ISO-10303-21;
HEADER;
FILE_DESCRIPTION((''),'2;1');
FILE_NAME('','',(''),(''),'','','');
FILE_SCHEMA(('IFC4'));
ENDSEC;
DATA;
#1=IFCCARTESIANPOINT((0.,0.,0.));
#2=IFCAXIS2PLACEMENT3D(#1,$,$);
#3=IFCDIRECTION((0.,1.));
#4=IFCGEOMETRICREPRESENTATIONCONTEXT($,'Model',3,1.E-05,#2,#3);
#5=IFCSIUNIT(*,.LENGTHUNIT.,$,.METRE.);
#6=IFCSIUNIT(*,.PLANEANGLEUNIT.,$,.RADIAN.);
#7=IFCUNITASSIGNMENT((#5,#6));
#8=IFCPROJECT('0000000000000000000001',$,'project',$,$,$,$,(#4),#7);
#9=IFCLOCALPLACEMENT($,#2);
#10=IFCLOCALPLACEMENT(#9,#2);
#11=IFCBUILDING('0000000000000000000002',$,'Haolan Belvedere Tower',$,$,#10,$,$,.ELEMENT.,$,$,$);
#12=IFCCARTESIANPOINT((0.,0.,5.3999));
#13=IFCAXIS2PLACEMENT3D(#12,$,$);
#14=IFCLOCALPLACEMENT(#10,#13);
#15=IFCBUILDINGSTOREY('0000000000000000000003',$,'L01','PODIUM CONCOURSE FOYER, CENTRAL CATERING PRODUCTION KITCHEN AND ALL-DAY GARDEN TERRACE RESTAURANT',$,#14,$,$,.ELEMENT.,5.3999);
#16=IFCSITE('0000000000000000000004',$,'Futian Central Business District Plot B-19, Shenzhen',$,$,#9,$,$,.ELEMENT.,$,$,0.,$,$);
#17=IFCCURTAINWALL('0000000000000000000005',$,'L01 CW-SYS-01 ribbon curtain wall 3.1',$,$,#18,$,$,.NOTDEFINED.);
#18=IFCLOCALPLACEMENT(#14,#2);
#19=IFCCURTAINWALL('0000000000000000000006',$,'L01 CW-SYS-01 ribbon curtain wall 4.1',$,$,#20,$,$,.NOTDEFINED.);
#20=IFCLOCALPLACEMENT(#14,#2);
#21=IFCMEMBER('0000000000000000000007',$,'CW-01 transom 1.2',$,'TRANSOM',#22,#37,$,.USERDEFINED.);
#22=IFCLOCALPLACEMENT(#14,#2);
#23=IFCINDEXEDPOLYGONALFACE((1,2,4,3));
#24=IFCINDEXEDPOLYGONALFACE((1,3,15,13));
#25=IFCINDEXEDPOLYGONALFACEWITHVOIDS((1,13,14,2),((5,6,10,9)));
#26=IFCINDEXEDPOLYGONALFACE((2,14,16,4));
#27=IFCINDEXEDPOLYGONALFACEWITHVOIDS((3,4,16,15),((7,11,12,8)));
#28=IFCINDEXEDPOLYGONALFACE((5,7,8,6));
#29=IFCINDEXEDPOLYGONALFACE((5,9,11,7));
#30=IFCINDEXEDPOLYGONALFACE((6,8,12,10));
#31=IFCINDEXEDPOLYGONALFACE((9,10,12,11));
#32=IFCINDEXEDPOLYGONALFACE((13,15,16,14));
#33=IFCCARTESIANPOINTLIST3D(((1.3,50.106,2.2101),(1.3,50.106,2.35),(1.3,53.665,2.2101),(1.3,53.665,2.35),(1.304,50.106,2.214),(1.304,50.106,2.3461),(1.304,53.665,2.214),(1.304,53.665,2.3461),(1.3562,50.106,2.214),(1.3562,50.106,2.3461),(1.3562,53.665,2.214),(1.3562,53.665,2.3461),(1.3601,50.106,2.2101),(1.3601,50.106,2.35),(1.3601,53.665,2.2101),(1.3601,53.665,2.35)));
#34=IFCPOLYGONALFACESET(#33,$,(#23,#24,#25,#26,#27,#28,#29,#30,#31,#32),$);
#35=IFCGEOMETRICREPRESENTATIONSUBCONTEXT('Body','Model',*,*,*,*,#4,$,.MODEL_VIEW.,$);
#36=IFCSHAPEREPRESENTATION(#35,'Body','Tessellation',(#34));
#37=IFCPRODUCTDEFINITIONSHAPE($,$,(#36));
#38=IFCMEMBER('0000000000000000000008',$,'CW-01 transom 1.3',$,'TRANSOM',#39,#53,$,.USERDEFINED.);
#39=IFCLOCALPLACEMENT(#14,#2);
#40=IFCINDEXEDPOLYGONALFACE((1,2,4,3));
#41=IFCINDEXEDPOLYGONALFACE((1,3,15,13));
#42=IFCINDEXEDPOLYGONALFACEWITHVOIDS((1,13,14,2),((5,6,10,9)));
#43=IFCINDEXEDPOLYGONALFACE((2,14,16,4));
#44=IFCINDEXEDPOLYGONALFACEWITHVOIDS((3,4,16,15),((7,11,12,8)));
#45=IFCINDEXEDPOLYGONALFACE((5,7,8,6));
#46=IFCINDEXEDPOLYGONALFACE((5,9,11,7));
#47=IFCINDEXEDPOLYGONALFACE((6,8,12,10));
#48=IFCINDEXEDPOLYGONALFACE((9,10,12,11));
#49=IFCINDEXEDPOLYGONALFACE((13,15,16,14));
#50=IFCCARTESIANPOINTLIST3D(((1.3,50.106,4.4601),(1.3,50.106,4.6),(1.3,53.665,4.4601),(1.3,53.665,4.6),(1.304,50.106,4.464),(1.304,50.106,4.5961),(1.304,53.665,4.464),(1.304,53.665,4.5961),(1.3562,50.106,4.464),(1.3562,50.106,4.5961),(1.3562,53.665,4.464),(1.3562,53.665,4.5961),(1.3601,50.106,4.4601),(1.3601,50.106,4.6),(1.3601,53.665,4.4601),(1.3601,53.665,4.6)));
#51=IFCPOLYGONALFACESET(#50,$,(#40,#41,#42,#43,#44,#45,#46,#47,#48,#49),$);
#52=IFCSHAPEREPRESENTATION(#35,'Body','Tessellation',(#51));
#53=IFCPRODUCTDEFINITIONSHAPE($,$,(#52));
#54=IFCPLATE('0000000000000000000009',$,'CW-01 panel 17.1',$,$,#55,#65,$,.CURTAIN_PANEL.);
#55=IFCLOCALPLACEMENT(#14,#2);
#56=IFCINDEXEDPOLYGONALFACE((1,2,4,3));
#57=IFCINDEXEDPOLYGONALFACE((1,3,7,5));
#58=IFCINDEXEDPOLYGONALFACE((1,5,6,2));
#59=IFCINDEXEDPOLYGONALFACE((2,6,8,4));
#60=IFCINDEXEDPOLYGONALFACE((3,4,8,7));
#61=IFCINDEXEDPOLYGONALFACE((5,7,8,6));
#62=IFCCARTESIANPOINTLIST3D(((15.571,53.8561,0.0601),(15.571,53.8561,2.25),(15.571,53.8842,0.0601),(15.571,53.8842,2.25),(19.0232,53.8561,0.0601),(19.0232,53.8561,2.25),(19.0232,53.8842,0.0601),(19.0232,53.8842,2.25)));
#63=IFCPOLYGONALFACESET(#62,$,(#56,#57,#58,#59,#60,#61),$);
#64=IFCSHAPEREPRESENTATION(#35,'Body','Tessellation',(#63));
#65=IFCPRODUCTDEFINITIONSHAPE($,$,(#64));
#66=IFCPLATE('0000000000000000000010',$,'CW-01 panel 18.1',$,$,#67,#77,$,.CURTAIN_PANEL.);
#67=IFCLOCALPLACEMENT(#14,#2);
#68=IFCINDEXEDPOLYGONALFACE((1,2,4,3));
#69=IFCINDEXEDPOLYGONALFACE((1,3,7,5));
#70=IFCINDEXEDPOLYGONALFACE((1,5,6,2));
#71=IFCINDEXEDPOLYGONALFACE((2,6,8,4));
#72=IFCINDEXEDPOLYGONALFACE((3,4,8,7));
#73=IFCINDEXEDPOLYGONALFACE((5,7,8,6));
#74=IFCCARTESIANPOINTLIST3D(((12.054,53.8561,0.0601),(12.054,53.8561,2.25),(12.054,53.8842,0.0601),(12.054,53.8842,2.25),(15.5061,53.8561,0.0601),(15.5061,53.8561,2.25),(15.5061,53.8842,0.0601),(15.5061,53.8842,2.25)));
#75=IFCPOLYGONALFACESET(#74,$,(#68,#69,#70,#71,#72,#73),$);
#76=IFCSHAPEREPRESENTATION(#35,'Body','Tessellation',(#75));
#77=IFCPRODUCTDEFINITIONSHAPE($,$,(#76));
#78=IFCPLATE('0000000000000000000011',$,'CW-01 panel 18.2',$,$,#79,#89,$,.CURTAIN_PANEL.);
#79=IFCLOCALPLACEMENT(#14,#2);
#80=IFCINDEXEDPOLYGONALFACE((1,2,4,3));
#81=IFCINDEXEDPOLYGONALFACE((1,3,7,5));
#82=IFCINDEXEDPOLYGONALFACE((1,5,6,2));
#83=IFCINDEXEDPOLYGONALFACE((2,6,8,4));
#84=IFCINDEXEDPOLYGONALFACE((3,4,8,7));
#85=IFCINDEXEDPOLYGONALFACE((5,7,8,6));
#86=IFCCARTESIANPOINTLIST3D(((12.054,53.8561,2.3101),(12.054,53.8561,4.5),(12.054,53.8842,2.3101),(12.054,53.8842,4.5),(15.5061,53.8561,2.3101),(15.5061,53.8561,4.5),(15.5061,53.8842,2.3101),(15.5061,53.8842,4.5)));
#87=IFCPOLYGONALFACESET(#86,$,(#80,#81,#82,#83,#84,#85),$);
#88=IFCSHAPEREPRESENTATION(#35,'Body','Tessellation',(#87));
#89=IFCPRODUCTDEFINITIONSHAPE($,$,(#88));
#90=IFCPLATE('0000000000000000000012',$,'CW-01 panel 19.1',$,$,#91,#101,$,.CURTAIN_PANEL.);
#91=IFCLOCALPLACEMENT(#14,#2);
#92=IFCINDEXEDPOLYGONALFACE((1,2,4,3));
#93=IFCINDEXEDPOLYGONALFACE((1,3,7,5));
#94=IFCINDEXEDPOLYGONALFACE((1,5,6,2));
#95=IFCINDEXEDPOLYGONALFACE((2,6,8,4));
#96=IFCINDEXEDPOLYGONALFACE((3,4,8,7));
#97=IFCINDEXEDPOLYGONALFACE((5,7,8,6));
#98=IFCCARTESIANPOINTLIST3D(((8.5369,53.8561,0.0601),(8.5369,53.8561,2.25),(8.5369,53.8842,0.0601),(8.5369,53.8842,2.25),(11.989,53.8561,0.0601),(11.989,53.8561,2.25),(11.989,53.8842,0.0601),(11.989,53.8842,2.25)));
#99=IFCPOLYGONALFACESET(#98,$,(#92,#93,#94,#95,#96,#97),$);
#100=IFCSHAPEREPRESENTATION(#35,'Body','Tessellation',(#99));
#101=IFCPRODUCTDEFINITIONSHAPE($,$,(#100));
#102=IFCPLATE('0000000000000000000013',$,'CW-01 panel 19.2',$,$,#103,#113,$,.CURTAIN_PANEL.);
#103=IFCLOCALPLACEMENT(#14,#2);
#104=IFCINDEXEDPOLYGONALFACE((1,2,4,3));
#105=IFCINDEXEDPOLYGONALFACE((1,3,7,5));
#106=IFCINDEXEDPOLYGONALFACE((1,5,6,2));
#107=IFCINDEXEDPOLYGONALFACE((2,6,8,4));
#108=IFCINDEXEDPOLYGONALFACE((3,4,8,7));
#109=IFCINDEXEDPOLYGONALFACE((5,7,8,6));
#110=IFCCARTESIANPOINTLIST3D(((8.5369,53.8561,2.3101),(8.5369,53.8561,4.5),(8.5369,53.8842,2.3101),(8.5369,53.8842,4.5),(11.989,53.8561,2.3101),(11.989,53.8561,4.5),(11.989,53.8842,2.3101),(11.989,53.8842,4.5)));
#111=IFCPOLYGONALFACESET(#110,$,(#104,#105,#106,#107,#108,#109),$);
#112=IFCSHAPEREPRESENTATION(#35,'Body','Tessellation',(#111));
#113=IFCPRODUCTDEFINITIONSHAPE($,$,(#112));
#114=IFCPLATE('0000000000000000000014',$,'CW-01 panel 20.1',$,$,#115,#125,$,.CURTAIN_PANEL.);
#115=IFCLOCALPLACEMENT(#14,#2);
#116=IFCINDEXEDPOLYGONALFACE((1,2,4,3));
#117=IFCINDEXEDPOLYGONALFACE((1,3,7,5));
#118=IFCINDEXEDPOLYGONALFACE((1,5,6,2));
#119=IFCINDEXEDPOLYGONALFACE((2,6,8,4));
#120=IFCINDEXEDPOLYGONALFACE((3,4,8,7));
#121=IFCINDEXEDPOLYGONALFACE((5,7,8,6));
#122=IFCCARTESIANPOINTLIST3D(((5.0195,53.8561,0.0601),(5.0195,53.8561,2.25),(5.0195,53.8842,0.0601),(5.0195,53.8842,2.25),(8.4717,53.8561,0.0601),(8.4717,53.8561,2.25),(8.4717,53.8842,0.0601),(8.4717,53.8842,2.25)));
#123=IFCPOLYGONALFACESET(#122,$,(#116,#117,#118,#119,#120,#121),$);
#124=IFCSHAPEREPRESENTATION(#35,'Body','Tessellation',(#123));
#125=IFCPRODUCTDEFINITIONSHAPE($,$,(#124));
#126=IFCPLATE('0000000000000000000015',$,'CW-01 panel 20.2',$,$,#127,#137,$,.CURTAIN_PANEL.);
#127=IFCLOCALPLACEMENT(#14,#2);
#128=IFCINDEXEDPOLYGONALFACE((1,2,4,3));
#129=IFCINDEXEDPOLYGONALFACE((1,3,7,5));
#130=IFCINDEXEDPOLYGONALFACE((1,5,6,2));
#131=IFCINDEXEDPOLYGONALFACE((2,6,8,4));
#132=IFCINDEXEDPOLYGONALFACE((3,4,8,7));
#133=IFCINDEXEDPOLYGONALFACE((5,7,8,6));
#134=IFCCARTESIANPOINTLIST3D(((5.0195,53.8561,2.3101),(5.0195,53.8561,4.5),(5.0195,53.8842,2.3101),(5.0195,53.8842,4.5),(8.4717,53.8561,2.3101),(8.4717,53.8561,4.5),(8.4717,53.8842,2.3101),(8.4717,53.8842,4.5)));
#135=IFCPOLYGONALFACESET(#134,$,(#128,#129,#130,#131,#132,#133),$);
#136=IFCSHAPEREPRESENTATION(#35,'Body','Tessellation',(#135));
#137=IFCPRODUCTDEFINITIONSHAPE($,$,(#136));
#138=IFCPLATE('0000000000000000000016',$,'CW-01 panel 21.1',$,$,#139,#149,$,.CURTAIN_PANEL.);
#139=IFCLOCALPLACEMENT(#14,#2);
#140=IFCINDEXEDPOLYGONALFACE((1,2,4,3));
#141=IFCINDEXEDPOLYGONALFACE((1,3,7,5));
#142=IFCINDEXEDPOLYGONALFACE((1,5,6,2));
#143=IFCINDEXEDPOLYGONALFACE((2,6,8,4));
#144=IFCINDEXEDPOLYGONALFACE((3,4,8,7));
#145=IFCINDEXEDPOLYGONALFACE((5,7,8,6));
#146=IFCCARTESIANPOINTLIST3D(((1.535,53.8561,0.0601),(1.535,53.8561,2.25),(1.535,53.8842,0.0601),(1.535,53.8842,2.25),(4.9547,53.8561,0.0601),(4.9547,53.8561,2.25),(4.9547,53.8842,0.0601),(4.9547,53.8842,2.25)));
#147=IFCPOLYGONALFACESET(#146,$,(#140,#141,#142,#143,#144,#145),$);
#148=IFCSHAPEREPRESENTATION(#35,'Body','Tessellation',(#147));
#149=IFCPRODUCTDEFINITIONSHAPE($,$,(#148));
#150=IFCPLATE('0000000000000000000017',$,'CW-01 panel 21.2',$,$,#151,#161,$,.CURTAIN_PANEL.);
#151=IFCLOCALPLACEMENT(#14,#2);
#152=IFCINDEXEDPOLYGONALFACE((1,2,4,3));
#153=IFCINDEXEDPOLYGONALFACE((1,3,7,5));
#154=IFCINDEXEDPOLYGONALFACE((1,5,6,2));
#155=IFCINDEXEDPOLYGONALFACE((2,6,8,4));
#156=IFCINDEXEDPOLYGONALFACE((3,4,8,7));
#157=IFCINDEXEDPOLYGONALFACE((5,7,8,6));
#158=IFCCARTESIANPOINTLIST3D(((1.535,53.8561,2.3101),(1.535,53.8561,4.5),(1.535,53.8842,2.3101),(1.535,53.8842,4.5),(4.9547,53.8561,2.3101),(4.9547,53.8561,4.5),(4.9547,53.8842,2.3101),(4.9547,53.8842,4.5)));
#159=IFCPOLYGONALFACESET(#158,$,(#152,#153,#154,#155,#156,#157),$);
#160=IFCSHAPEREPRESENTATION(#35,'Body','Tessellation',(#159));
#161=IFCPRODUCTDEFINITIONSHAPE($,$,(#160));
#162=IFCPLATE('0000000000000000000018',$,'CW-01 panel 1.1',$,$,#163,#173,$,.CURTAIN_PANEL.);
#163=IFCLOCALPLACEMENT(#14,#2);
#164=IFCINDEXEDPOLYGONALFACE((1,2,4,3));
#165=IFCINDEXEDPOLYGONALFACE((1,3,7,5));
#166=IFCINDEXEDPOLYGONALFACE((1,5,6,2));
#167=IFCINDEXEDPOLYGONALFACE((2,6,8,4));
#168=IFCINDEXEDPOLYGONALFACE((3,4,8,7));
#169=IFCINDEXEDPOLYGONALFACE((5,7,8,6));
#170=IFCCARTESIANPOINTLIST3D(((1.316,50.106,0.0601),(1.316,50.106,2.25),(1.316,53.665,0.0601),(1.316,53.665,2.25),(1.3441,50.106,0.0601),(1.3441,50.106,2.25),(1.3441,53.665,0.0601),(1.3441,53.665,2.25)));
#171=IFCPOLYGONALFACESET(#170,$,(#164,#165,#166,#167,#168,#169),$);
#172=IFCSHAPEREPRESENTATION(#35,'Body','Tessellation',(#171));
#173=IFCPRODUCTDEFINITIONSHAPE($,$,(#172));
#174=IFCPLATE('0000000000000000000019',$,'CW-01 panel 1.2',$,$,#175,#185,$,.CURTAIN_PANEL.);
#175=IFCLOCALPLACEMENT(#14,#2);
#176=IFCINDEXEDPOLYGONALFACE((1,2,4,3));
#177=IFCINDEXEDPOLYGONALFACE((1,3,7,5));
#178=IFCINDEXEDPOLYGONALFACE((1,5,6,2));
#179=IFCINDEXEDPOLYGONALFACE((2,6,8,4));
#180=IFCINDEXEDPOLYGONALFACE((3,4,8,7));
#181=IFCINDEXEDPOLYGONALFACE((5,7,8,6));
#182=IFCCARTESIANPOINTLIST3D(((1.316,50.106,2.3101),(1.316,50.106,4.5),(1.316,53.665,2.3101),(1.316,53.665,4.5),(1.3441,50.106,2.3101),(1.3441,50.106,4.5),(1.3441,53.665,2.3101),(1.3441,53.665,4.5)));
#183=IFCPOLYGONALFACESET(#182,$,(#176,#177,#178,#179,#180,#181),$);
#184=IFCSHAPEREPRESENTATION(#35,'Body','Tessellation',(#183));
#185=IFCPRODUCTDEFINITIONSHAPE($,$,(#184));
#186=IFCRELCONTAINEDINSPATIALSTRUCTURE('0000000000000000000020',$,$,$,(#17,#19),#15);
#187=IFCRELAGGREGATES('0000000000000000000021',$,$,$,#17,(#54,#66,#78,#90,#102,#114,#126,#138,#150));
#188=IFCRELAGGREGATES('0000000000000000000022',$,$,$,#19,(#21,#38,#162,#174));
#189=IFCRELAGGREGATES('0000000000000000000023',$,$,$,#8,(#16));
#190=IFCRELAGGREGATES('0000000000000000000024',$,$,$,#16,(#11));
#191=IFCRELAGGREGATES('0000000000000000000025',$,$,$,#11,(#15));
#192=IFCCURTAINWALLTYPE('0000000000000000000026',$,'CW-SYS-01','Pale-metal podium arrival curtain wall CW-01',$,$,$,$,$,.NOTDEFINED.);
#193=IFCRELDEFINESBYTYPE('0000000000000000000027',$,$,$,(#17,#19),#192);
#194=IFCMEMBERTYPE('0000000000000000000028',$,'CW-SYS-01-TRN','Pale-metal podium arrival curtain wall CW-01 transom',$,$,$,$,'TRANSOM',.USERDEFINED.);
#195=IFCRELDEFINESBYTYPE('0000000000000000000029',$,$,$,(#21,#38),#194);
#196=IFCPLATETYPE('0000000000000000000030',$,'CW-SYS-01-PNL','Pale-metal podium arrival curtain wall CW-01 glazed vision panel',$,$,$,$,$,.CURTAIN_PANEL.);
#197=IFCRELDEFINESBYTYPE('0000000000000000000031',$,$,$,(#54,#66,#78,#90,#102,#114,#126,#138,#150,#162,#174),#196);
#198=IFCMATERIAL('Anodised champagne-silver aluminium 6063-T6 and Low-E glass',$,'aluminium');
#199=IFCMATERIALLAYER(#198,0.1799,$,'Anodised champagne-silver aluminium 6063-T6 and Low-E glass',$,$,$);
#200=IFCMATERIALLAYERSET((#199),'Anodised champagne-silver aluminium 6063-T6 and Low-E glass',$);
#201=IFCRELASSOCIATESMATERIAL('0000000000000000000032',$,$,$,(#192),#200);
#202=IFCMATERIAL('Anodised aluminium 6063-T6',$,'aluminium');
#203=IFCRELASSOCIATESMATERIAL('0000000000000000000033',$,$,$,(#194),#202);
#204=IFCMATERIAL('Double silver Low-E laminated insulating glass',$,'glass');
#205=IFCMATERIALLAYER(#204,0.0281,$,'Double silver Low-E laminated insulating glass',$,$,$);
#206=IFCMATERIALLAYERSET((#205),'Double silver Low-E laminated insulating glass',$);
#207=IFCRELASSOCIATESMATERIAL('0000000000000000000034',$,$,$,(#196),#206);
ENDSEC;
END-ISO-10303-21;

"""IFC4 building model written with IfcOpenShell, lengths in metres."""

from ifc_helpers import new_model, si_unit, direction, frame, origin, origin_2d, place, context, subcontext, project, spatial, rectangle, hollow_rectangle, extrude, material, layer, layer_set, material_profile, profile_set, type_object, element, aggregate, save


model = new_model("IFC4")

# Units and contexts
model_context = context("Model", 3, precision=1e-05, world=origin(), true_north=direction((0.0, 1.0)))
body_context = subcontext(model_context, "Body", "Model", "MODEL_VIEW")
ifc_project = project(units=[si_unit("LENGTHUNIT", "METRE"), si_unit("PLANEANGLEUNIT", "RADIAN")], contexts=[model_context])

# Site, building, storey
site_placement = place(None, origin())
site = spatial("IfcSite", under=ifc_project, at=site_placement, Name="Futian Central Business District Plot B-19, Shenzhen", CompositionType="ELEMENT", RefElevation=0.0)
building_placement = place(site_placement, origin())
building = spatial("IfcBuilding", under=site, at=building_placement, Name="Haolan Belvedere Tower", CompositionType="ELEMENT")
storey_placement = place(building_placement, frame((0.0, 0.0, 5.3999)))
storey = spatial("IfcBuildingStorey", under=building, at=storey_placement, Name="L01", Description="PODIUM CONCOURSE FOYER, CENTRAL CATERING PRODUCTION KITCHEN AND ALL-DAY GARDEN TERRACE RESTAURANT", CompositionType="ELEMENT", Elevation=5.3999)

# Curtain wall
ifc_material_1 = material(Name="Anodised champagne-silver aluminium 6063-T6 and Low-E glass", Category="aluminium")
ifc_layer_1 = layer(ifc_material_1, 0.1799, Name="Anodised champagne-silver aluminium 6063-T6 and Low-E glass")
ifc_layer_set_1 = layer_set([ifc_layer_1], Name="Anodised champagne-silver aluminium 6063-T6 and Low-E glass")
curtain_wall_type = type_object("IfcCurtainWallType", Name="CW-SYS-01", Description="Pale-metal podium arrival curtain wall CW-01", PredefinedType="NOTDEFINED", material=ifc_layer_set_1)
curtain_wall_1_placement = place(storey_placement, origin())
curtain_wall_1 = element("IfcCurtainWall", 1, at=curtain_wall_1_placement, inside=storey, type_object=curtain_wall_type, Name="L01 CW-SYS-01 ribbon curtain wall 3.1", PredefinedType="NOTDEFINED")
ifc_material_2 = material(Name="Anodised aluminium 6063-T6", Category="aluminium")

# Curtain wall
curtain_wall_2_placement = place(storey_placement, origin())
curtain_wall_2 = element("IfcCurtainWall", 2, at=curtain_wall_2_placement, inside=storey, type_object=curtain_wall_type, Name="L01 CW-SYS-01 ribbon curtain wall 4.1", PredefinedType="NOTDEFINED")

# Members
ifc_material_profile_1 = material_profile(ifc_material_2, hollow_rectangle(XDim=0.0601, YDim=0.1399, WallThickness=0.0039, at=origin_2d()), Name="Anodised aluminium 6063-T6")
ifc_profile_set_1 = profile_set([ifc_material_profile_1], Name="Anodised aluminium 6063-T6")
member_type_1 = type_object("IfcMemberType", Name="CW-SYS-01-TRN", Description="Pale-metal podium arrival curtain wall CW-01 transom", ElementType="TRANSOM", PredefinedType="USERDEFINED", material=ifc_profile_set_1)
member_1_placement = place(storey_placement, frame((1.3301, 53.665, 2.28), z_axis=(0.0, -1.0, 0.0), x_axis=(1.0, 0.0, 0.0)))
member_1 = element("IfcMember", 3, at=member_1_placement, type_object=member_type_1, Name="CW-01 transom 1.2", ObjectType="TRANSOM", PredefinedType="USERDEFINED", context=body_context, shape_type="SweptSolid", body=[
    extrude(hollow_rectangle(XDim=0.0601, YDim=0.1399, WallThickness=0.0039, at=origin_2d()), origin(), (0.0, 0.0, 1.0), 3.5591),
])
member_2_placement = place(storey_placement, frame((1.3301, 53.665, 4.53), z_axis=(0.0, -1.0, 0.0), x_axis=(1.0, 0.0, 0.0)))
member_2 = element("IfcMember", 4, at=member_2_placement, type_object=member_type_1, Name="CW-01 transom 1.3", ObjectType="TRANSOM", PredefinedType="USERDEFINED", context=body_context, shape_type="SweptSolid", body=[
    extrude(hollow_rectangle(XDim=0.0601, YDim=0.1399, WallThickness=0.0039, at=origin_2d()), origin(), (0.0, 0.0, 1.0), 3.5591),
])

# Plates
ifc_material_3 = material(Name="Double silver Low-E laminated insulating glass", Category="glass")
ifc_layer_2 = layer(ifc_material_3, 0.0281, Name="Double silver Low-E laminated insulating glass")
ifc_layer_set_2 = layer_set([ifc_layer_2], Name="Double silver Low-E laminated insulating glass")
plate_type = type_object("IfcPlateType", Name="CW-SYS-01-PNL", Description="Pale-metal podium arrival curtain wall CW-01 glazed vision panel", PredefinedType="CURTAIN_PANEL", material=ifc_layer_set_2)
plate_1_placement = place(storey_placement, frame((17.2971, 53.8701, 0.0601), z_axis=(0.0, 0.0, 1.0), x_axis=(-1.0, 0.0, 0.0)))
plate_1 = element("IfcPlate", 5, at=plate_1_placement, type_object=plate_type, Name="CW-01 panel 17.1", PredefinedType="CURTAIN_PANEL", context=body_context, shape_type="SweptSolid", body=[
    extrude(rectangle(XDim=3.4521, YDim=0.0281, at=origin_2d()), origin(), (0.0, 0.0, 1.0), 2.1899),
])
plate_2_placement = place(storey_placement, frame((13.78, 53.8701, 0.0601), z_axis=(0.0, 0.0, 1.0), x_axis=(-1.0, 0.0, 0.0)))
plate_2 = element("IfcPlate", 6, at=plate_2_placement, type_object=plate_type, Name="CW-01 panel 18.1", PredefinedType="CURTAIN_PANEL", context=body_context, shape_type="SweptSolid", body=[
    extrude(rectangle(XDim=3.4521, YDim=0.0281, at=origin_2d()), origin(), (0.0, 0.0, 1.0), 2.1899),
])
plate_3_placement = place(storey_placement, frame((13.78, 53.8701, 2.3101), z_axis=(0.0, 0.0, 1.0), x_axis=(-1.0, 0.0, 0.0)))
plate_3 = element("IfcPlate", 7, at=plate_3_placement, type_object=plate_type, Name="CW-01 panel 18.2", PredefinedType="CURTAIN_PANEL", context=body_context, shape_type="SweptSolid", body=[
    extrude(rectangle(XDim=3.4521, YDim=0.0281, at=origin_2d()), origin(), (0.0, 0.0, 1.0), 2.1899),
])
plate_4_placement = place(storey_placement, frame((10.2629, 53.8701, 0.0601), z_axis=(0.0, 0.0, 1.0), x_axis=(-1.0, 0.0, 0.0)))
plate_4 = element("IfcPlate", 8, at=plate_4_placement, type_object=plate_type, Name="CW-01 panel 19.1", PredefinedType="CURTAIN_PANEL", context=body_context, shape_type="SweptSolid", body=[
    extrude(rectangle(XDim=3.4521, YDim=0.0281, at=origin_2d()), origin(), (0.0, 0.0, 1.0), 2.1899),
])
plate_5_placement = place(storey_placement, frame((10.2629, 53.8701, 2.3101), z_axis=(0.0, 0.0, 1.0), x_axis=(-1.0, 0.0, 0.0)))
plate_5 = element("IfcPlate", 9, at=plate_5_placement, type_object=plate_type, Name="CW-01 panel 19.2", PredefinedType="CURTAIN_PANEL", context=body_context, shape_type="SweptSolid", body=[
    extrude(rectangle(XDim=3.4521, YDim=0.0281, at=origin_2d()), origin(), (0.0, 0.0, 1.0), 2.1899),
])
plate_6_placement = place(storey_placement, frame((6.7456, 53.8701, 0.0601), z_axis=(0.0, 0.0, 1.0), x_axis=(-1.0, 0.0, 0.0)))
plate_6 = element("IfcPlate", 10, at=plate_6_placement, type_object=plate_type, Name="CW-01 panel 20.1", PredefinedType="CURTAIN_PANEL", context=body_context, shape_type="SweptSolid", body=[
    extrude(rectangle(XDim=3.4521, YDim=0.0281, at=origin_2d()), origin(), (0.0, 0.0, 1.0), 2.1899),
])
plate_7_placement = place(storey_placement, frame((6.7456, 53.8701, 2.3101), z_axis=(0.0, 0.0, 1.0), x_axis=(-1.0, 0.0, 0.0)))
plate_7 = element("IfcPlate", 11, at=plate_7_placement, type_object=plate_type, Name="CW-01 panel 20.2", PredefinedType="CURTAIN_PANEL", context=body_context, shape_type="SweptSolid", body=[
    extrude(rectangle(XDim=3.4521, YDim=0.0281, at=origin_2d()), origin(), (0.0, 0.0, 1.0), 2.1899),
])
plate_8_placement = place(storey_placement, frame((3.2449, 53.8701, 0.0601), z_axis=(0.0, 0.0, 1.0), x_axis=(-1.0, 0.0, 0.0)))
plate_8 = element("IfcPlate", 12, at=plate_8_placement, type_object=plate_type, Name="CW-01 panel 21.1", PredefinedType="CURTAIN_PANEL", context=body_context, shape_type="SweptSolid", body=[
    extrude(rectangle(XDim=3.4197, YDim=0.0281, at=origin_2d()), origin(), (0.0, 0.0, 1.0), 2.1899),
])
plate_9_placement = place(storey_placement, frame((3.2449, 53.8701, 2.3101), z_axis=(0.0, 0.0, 1.0), x_axis=(-1.0, 0.0, 0.0)))
plate_9 = element("IfcPlate", 13, at=plate_9_placement, type_object=plate_type, Name="CW-01 panel 21.2", PredefinedType="CURTAIN_PANEL", context=body_context, shape_type="SweptSolid", body=[
    extrude(rectangle(XDim=3.4197, YDim=0.0281, at=origin_2d()), origin(), (0.0, 0.0, 1.0), 2.1899),
])
aggregate(curtain_wall_1, [plate_1, plate_2, plate_3, plate_4, plate_5, plate_6, plate_7, plate_8, plate_9])
plate_10_placement = place(storey_placement, frame((1.3301, 51.8855, 0.0601), z_axis=(0.0, 0.0, 1.0), x_axis=(0.0, -1.0, 0.0)))
plate_10 = element("IfcPlate", 14, at=plate_10_placement, type_object=plate_type, Name="CW-01 panel 1.1", PredefinedType="CURTAIN_PANEL", context=body_context, shape_type="SweptSolid", body=[
    extrude(rectangle(XDim=3.5591, YDim=0.0281, at=origin_2d()), origin(), (0.0, 0.0, 1.0), 2.1899),
])
plate_11_placement = place(storey_placement, frame((1.3301, 51.8855, 2.3101), z_axis=(0.0, 0.0, 1.0), x_axis=(0.0, -1.0, 0.0)))
plate_11 = element("IfcPlate", 15, at=plate_11_placement, type_object=plate_type, Name="CW-01 panel 1.2", PredefinedType="CURTAIN_PANEL", context=body_context, shape_type="SweptSolid", body=[
    extrude(rectangle(XDim=3.5591, YDim=0.0281, at=origin_2d()), origin(), (0.0, 0.0, 1.0), 2.1899),
])
aggregate(curtain_wall_2, [member_1, member_2, plate_10, plate_11])

save(model, "model.ifc")
